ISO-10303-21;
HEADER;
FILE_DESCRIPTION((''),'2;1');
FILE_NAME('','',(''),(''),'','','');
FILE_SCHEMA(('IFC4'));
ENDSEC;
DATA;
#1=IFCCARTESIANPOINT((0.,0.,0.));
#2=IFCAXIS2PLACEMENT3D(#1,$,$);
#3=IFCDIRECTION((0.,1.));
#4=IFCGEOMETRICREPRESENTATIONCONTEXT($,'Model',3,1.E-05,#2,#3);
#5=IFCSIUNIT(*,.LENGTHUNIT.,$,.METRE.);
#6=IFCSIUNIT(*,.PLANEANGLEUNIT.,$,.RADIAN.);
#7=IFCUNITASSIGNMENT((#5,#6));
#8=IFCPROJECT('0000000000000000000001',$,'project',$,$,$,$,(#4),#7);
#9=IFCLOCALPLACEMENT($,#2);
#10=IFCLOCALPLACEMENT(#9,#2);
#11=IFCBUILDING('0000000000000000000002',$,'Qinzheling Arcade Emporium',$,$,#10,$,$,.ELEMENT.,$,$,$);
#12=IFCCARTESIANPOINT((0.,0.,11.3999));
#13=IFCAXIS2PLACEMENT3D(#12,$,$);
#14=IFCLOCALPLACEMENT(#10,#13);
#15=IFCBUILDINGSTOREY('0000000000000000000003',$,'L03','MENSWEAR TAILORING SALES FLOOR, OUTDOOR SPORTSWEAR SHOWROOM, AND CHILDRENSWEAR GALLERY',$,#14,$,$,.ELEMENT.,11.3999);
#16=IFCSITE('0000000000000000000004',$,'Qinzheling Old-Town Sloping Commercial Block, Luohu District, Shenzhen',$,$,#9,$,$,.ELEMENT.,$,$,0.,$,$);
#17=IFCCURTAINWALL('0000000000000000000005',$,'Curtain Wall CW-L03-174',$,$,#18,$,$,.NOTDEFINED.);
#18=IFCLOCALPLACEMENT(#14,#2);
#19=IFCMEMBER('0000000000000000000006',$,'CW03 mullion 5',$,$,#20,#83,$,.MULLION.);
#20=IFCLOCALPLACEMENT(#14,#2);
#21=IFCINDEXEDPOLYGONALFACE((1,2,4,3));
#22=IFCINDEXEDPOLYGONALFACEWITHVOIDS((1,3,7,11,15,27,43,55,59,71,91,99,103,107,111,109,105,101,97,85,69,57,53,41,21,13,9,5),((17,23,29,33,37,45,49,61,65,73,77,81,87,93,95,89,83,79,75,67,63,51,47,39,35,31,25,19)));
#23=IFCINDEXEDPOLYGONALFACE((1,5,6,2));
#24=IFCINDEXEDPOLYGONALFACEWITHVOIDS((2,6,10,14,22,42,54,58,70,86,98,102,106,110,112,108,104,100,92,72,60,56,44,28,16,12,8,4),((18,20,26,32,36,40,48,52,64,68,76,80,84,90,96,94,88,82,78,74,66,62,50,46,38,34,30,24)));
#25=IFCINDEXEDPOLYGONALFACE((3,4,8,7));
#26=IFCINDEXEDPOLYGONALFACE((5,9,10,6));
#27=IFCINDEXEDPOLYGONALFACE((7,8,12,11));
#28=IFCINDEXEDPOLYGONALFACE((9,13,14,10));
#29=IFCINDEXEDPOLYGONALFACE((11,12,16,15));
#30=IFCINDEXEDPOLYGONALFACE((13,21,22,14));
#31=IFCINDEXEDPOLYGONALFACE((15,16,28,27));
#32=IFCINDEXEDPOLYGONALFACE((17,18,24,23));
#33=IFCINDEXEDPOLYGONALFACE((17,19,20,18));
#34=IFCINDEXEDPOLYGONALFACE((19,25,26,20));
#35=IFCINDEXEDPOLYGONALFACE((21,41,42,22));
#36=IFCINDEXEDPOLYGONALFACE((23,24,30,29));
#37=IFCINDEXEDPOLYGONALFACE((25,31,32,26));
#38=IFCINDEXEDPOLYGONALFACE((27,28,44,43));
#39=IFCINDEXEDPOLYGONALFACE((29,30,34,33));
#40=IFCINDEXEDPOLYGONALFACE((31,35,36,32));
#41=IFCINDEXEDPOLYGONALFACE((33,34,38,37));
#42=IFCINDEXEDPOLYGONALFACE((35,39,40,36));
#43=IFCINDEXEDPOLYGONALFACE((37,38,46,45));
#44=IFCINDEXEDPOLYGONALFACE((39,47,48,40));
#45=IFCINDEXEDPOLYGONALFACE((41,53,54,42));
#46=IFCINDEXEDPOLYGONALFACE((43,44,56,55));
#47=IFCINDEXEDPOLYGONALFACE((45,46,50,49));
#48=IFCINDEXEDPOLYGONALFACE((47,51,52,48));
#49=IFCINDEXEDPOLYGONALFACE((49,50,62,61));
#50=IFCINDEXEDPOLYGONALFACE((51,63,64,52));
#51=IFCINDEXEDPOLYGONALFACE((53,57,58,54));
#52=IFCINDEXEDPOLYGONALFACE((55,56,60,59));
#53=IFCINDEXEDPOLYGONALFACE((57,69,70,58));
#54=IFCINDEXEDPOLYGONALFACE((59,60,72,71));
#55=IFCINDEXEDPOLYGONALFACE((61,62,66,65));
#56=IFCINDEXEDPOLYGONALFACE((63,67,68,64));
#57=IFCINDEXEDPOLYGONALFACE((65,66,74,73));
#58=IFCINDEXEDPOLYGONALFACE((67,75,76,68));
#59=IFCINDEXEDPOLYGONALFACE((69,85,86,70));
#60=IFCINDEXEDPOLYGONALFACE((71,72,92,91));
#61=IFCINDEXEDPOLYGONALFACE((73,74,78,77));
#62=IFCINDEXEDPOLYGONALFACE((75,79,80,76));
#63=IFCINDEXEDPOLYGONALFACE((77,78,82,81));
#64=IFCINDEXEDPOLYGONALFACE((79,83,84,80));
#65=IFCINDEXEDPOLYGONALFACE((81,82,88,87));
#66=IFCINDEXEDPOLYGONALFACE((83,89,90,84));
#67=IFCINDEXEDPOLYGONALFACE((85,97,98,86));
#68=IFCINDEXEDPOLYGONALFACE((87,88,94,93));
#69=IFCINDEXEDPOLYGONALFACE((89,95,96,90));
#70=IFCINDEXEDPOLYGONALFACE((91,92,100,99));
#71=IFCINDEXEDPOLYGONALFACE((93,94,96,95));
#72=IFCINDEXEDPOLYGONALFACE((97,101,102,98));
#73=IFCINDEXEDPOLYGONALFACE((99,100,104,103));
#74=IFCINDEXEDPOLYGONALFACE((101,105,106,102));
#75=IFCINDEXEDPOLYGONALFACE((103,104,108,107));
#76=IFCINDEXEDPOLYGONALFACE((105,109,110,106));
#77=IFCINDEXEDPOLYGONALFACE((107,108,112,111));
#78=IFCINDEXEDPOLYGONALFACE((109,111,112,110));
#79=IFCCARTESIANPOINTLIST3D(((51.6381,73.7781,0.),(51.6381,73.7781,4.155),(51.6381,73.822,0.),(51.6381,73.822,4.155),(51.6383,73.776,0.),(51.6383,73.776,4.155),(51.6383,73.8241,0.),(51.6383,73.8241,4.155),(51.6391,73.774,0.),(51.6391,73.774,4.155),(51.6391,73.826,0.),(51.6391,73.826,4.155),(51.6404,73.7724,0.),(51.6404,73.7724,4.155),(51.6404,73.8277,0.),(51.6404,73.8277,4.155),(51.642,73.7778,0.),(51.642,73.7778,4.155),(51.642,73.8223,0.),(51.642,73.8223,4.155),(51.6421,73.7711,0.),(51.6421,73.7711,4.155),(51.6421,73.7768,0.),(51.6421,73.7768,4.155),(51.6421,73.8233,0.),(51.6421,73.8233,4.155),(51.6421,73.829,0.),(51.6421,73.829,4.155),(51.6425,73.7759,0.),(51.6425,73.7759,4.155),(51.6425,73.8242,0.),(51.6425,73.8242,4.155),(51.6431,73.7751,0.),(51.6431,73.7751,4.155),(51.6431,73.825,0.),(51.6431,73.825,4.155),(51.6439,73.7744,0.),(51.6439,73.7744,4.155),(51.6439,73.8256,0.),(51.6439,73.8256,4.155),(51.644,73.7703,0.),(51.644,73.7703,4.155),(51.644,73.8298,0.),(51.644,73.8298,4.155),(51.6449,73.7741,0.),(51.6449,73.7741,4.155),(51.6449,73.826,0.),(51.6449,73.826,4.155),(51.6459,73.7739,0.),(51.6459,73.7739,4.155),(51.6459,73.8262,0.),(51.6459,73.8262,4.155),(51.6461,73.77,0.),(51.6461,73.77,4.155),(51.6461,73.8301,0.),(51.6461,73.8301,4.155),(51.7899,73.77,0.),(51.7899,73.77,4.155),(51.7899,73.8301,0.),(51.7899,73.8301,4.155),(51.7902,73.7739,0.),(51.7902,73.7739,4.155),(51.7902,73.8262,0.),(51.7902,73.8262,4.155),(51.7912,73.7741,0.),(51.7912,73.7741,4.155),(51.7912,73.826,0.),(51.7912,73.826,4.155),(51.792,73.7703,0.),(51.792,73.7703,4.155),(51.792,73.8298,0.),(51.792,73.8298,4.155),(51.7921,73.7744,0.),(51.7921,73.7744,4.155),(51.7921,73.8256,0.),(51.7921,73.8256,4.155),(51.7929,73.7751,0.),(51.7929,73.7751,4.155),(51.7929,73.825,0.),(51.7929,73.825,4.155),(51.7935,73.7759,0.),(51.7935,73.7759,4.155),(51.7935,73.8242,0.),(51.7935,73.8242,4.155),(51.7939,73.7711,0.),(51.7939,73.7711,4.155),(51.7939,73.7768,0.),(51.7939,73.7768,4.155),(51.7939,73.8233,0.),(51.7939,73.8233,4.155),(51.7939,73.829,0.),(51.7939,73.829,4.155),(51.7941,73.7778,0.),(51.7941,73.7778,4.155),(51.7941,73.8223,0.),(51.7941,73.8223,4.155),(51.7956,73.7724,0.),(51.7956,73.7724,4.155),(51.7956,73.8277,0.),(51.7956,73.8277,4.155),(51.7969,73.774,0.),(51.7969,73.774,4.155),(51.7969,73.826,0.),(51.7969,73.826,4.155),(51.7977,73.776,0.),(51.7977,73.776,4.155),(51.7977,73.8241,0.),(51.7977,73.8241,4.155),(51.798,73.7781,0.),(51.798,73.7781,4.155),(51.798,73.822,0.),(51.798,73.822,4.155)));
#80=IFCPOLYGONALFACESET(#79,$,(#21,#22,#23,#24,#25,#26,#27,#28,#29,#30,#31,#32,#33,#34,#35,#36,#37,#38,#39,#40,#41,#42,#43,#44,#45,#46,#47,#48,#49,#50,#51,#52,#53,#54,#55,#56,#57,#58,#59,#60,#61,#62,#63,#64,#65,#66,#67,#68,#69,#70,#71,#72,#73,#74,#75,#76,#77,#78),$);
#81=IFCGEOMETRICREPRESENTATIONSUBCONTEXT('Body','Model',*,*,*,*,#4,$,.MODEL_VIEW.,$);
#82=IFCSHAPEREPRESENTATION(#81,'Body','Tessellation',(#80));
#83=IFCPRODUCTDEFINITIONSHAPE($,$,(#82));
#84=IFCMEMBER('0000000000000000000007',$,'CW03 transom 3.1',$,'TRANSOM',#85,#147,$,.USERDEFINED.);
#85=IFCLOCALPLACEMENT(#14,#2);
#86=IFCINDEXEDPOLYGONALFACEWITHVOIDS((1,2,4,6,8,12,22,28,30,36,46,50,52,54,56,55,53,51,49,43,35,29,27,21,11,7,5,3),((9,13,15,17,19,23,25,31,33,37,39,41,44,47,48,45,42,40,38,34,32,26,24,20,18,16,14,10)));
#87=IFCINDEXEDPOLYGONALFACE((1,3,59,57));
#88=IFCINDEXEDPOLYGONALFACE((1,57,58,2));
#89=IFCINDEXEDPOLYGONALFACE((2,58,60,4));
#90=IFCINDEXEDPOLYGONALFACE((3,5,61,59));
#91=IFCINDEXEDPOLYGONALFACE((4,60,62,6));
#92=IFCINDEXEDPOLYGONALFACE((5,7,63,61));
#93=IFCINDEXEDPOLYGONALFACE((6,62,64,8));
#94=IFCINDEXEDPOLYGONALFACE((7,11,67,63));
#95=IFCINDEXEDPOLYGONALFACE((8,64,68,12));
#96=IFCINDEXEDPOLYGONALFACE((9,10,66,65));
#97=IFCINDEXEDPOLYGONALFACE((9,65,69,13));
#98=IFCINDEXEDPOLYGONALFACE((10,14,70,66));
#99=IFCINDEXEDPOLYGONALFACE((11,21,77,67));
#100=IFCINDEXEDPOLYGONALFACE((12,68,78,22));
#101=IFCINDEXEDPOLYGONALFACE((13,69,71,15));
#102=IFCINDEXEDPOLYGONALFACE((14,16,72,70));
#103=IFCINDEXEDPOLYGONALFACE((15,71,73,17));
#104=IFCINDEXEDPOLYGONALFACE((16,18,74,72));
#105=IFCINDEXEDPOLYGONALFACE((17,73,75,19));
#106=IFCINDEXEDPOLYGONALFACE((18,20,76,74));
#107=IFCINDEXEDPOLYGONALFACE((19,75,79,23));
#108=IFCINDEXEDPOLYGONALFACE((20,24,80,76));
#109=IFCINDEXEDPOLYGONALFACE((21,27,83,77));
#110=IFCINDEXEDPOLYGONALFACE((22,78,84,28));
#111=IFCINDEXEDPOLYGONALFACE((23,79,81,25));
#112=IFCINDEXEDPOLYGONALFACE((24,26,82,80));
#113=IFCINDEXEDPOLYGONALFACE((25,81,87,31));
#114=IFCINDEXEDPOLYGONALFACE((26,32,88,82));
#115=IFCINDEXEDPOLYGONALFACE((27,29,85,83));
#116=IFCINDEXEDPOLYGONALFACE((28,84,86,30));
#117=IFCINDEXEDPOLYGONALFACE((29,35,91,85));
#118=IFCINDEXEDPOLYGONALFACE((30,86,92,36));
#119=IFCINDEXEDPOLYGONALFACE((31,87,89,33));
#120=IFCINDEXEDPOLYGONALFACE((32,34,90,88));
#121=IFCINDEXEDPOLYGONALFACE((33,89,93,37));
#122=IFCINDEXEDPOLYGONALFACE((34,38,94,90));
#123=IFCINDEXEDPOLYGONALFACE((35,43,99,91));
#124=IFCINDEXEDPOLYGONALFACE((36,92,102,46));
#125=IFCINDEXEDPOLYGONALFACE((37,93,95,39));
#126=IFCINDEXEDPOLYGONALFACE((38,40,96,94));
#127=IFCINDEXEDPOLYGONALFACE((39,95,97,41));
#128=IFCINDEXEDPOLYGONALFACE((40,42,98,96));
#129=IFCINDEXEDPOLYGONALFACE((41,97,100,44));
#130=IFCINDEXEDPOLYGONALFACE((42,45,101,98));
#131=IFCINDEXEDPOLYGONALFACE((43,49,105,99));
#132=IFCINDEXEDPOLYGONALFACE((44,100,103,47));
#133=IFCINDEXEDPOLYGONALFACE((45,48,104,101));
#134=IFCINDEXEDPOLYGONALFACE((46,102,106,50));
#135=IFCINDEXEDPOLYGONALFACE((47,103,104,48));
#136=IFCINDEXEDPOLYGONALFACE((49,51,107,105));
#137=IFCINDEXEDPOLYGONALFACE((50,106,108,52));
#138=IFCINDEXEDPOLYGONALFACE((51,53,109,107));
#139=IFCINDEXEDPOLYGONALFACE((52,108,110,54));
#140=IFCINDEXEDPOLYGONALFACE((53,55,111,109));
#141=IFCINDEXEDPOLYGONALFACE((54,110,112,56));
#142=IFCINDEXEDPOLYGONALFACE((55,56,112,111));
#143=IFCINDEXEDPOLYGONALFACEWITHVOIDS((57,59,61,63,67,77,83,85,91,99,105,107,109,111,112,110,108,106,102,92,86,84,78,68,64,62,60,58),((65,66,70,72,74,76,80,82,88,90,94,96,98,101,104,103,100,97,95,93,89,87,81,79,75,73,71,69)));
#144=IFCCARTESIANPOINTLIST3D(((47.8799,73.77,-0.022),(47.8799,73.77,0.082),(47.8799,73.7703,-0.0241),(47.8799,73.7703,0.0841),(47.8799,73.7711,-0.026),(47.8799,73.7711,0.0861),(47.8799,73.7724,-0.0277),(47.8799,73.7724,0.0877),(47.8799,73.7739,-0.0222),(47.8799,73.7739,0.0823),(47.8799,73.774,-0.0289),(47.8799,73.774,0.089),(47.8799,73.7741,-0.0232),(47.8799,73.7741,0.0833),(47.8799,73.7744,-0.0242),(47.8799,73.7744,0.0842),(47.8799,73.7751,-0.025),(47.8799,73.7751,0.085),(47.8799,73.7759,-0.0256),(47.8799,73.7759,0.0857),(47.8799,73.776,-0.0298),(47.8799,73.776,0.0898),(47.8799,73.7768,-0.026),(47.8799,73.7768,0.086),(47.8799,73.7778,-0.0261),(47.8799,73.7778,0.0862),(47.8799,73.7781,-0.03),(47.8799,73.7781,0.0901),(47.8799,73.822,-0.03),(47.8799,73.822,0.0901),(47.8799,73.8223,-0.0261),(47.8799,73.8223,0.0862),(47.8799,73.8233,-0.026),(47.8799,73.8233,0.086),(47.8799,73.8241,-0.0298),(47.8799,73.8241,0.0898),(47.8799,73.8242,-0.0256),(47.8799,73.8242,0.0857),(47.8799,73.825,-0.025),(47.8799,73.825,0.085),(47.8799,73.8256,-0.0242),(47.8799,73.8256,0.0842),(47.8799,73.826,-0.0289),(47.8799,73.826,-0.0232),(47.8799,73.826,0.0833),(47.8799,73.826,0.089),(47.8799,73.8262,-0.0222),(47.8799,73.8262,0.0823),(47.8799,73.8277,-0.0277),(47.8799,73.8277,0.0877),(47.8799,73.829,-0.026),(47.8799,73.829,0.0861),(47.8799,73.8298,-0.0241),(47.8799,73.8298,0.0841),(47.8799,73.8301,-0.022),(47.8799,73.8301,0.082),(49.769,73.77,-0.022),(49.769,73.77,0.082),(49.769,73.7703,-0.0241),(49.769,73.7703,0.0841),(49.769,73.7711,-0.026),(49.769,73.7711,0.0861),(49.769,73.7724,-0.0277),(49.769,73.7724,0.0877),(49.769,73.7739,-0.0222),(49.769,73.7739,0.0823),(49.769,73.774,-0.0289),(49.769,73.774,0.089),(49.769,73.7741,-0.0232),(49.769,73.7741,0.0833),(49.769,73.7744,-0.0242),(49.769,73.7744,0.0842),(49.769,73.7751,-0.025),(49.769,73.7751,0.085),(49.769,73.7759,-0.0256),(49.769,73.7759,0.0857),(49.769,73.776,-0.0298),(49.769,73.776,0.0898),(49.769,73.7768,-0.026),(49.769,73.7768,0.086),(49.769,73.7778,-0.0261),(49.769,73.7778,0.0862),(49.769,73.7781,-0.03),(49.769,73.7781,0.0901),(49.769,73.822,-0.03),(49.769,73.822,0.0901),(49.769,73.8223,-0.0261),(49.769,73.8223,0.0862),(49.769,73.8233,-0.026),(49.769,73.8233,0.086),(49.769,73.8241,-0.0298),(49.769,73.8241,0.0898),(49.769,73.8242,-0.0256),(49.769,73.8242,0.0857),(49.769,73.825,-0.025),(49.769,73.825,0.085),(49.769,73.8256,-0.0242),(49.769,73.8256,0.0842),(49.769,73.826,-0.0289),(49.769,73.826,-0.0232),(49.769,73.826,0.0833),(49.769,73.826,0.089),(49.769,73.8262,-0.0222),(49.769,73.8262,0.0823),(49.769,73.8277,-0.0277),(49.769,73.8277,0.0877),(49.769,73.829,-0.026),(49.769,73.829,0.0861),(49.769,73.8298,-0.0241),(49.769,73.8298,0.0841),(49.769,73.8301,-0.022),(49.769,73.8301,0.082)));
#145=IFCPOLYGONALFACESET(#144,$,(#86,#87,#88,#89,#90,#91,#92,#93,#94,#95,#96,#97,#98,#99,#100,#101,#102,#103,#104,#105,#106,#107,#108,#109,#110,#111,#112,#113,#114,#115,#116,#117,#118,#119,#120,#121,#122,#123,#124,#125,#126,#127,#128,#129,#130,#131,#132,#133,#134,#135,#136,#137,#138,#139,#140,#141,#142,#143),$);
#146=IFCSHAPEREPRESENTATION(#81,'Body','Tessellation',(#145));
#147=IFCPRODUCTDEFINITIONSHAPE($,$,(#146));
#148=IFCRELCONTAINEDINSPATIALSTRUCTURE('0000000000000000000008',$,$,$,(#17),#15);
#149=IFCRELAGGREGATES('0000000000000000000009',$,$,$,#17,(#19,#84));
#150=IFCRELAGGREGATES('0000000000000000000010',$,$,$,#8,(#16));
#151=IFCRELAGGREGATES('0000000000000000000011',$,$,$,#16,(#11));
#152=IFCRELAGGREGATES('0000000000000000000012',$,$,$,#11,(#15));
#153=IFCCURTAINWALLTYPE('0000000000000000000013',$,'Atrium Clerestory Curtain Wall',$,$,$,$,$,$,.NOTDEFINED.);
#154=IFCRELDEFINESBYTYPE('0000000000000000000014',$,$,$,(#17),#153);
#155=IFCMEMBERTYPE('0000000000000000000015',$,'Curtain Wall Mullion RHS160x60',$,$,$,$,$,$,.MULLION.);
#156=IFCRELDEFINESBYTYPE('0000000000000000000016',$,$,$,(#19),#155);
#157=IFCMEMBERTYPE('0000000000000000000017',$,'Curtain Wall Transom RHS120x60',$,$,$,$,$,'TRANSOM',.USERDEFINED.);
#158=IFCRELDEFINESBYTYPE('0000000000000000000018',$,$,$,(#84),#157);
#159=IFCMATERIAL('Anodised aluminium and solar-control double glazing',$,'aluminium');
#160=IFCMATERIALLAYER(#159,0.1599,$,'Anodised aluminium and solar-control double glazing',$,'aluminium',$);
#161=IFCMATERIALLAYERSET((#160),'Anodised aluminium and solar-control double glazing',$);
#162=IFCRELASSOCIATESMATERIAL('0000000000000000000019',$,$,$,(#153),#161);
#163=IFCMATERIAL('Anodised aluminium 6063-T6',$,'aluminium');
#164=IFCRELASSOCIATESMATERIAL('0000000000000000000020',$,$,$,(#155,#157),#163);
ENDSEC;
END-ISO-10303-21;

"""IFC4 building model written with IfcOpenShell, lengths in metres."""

from ifc_helpers import new_model, si_unit, direction, frame, origin, origin_2d, place, context, subcontext, project, spatial, hollow_rectangle, extrude, material, layer, layer_set, material_profile, profile_set, type_object, element, aggregate, save


model = new_model("IFC4")

# Units and contexts
model_context = context("Model", 3, precision=1e-05, world=origin(), true_north=direction((0.0, 1.0)))
body_context = subcontext(model_context, "Body", "Model", "MODEL_VIEW")
ifc_project = project(units=[si_unit("LENGTHUNIT", "METRE"), si_unit("PLANEANGLEUNIT", "RADIAN")], contexts=[model_context])

# Site, building, storey
site_placement = place(None, origin())
site = spatial("IfcSite", under=ifc_project, at=site_placement, Name="Qinzheling Old-Town Sloping Commercial Block, Luohu District, Shenzhen", CompositionType="ELEMENT", RefElevation=0.0)
building_placement = place(site_placement, origin())
building = spatial("IfcBuilding", under=site, at=building_placement, Name="Qinzheling Arcade Emporium", CompositionType="ELEMENT")
storey_placement = place(building_placement, frame((0.0, 0.0, 11.3999)))
storey = spatial("IfcBuildingStorey", under=building, at=storey_placement, Name="L03", Description="MENSWEAR TAILORING SALES FLOOR, OUTDOOR SPORTSWEAR SHOWROOM, AND CHILDRENSWEAR GALLERY", CompositionType="ELEMENT", Elevation=11.3999)

# Curtain wall, members
ifc_material_1 = material(Name="Anodised aluminium and solar-control double glazing", Category="aluminium")
ifc_layer_1 = layer(ifc_material_1, 0.1599, Name="Anodised aluminium and solar-control double glazing", Category="aluminium")
ifc_layer_set_1 = layer_set([ifc_layer_1], Name="Anodised aluminium and solar-control double glazing")
curtain_wall_type = type_object("IfcCurtainWallType", Name="Atrium Clerestory Curtain Wall", PredefinedType="NOTDEFINED", material=ifc_layer_set_1)
curtain_wall_placement = place(storey_placement, origin())
curtain_wall = element("IfcCurtainWall", 1, at=curtain_wall_placement, inside=storey, type_object=curtain_wall_type, Name="Curtain Wall CW-L03-174", PredefinedType="NOTDEFINED")
ifc_material_2 = material(Name="Anodised aluminium 6063-T6", Category="aluminium")
ifc_material_profile_1 = material_profile(ifc_material_2, hollow_rectangle(XDim=0.0601, YDim=0.1599, WallThickness=0.0039, InnerFilletRadius=0.0039, OuterFilletRadius=0.0081, at=origin_2d()), Name="RHS 160x60x4", Category="aluminium")
ifc_profile_set_1 = profile_set([ifc_material_profile_1], Name="Anodised aluminium 6063-T6")
member_type_1 = type_object("IfcMemberType", Name="Curtain Wall Mullion RHS160x60", PredefinedType="MULLION", material=ifc_profile_set_1)
member_1_placement = place(storey_placement, frame((51.718, 73.8, 0.0), z_axis=(0.0, 0.0, 1.0), x_axis=(0.0, 1.0, 0.0)))
member_1 = element("IfcMember", 2, at=member_1_placement, type_object=member_type_1, Name="CW03 mullion 5", PredefinedType="MULLION", context=body_context, shape_type="SweptSolid", body=[
    extrude(hollow_rectangle(XDim=0.0601, YDim=0.1599, WallThickness=0.0039, InnerFilletRadius=0.0039, OuterFilletRadius=0.0081, at=origin_2d()), origin(), (0.0, 0.0, 1.0), 4.155),
])
ifc_material_profile_2 = material_profile(ifc_material_2, hollow_rectangle(XDim=0.0601, YDim=0.1201, WallThickness=0.0039, InnerFilletRadius=0.0039, OuterFilletRadius=0.0081, at=origin_2d()), Name="RHS 120x60x4", Category="aluminium")
ifc_profile_set_2 = profile_set([ifc_material_profile_2], Name="Anodised aluminium 6063-T6")
member_type_2 = type_object("IfcMemberType", Name="Curtain Wall Transom RHS120x60", ElementType="TRANSOM", PredefinedType="USERDEFINED", material=ifc_profile_set_2)
member_2_placement = place(storey_placement, frame((47.8799, 73.8, 0.03), z_axis=(1.0, 0.0, 0.0), x_axis=(0.0, 1.0, 0.0)))
member_2 = element("IfcMember", 3, at=member_2_placement, type_object=member_type_2, Name="CW03 transom 3.1", ObjectType="TRANSOM", PredefinedType="USERDEFINED", context=body_context, shape_type="SweptSolid", body=[
    extrude(hollow_rectangle(XDim=0.0601, YDim=0.1201, WallThickness=0.0039, InnerFilletRadius=0.0039, OuterFilletRadius=0.0081, at=origin_2d()), origin(), (0.0, 0.0, 1.0), 1.8892),
])
aggregate(curtain_wall, [member_1, member_2])

save(model, "model.ifc")
